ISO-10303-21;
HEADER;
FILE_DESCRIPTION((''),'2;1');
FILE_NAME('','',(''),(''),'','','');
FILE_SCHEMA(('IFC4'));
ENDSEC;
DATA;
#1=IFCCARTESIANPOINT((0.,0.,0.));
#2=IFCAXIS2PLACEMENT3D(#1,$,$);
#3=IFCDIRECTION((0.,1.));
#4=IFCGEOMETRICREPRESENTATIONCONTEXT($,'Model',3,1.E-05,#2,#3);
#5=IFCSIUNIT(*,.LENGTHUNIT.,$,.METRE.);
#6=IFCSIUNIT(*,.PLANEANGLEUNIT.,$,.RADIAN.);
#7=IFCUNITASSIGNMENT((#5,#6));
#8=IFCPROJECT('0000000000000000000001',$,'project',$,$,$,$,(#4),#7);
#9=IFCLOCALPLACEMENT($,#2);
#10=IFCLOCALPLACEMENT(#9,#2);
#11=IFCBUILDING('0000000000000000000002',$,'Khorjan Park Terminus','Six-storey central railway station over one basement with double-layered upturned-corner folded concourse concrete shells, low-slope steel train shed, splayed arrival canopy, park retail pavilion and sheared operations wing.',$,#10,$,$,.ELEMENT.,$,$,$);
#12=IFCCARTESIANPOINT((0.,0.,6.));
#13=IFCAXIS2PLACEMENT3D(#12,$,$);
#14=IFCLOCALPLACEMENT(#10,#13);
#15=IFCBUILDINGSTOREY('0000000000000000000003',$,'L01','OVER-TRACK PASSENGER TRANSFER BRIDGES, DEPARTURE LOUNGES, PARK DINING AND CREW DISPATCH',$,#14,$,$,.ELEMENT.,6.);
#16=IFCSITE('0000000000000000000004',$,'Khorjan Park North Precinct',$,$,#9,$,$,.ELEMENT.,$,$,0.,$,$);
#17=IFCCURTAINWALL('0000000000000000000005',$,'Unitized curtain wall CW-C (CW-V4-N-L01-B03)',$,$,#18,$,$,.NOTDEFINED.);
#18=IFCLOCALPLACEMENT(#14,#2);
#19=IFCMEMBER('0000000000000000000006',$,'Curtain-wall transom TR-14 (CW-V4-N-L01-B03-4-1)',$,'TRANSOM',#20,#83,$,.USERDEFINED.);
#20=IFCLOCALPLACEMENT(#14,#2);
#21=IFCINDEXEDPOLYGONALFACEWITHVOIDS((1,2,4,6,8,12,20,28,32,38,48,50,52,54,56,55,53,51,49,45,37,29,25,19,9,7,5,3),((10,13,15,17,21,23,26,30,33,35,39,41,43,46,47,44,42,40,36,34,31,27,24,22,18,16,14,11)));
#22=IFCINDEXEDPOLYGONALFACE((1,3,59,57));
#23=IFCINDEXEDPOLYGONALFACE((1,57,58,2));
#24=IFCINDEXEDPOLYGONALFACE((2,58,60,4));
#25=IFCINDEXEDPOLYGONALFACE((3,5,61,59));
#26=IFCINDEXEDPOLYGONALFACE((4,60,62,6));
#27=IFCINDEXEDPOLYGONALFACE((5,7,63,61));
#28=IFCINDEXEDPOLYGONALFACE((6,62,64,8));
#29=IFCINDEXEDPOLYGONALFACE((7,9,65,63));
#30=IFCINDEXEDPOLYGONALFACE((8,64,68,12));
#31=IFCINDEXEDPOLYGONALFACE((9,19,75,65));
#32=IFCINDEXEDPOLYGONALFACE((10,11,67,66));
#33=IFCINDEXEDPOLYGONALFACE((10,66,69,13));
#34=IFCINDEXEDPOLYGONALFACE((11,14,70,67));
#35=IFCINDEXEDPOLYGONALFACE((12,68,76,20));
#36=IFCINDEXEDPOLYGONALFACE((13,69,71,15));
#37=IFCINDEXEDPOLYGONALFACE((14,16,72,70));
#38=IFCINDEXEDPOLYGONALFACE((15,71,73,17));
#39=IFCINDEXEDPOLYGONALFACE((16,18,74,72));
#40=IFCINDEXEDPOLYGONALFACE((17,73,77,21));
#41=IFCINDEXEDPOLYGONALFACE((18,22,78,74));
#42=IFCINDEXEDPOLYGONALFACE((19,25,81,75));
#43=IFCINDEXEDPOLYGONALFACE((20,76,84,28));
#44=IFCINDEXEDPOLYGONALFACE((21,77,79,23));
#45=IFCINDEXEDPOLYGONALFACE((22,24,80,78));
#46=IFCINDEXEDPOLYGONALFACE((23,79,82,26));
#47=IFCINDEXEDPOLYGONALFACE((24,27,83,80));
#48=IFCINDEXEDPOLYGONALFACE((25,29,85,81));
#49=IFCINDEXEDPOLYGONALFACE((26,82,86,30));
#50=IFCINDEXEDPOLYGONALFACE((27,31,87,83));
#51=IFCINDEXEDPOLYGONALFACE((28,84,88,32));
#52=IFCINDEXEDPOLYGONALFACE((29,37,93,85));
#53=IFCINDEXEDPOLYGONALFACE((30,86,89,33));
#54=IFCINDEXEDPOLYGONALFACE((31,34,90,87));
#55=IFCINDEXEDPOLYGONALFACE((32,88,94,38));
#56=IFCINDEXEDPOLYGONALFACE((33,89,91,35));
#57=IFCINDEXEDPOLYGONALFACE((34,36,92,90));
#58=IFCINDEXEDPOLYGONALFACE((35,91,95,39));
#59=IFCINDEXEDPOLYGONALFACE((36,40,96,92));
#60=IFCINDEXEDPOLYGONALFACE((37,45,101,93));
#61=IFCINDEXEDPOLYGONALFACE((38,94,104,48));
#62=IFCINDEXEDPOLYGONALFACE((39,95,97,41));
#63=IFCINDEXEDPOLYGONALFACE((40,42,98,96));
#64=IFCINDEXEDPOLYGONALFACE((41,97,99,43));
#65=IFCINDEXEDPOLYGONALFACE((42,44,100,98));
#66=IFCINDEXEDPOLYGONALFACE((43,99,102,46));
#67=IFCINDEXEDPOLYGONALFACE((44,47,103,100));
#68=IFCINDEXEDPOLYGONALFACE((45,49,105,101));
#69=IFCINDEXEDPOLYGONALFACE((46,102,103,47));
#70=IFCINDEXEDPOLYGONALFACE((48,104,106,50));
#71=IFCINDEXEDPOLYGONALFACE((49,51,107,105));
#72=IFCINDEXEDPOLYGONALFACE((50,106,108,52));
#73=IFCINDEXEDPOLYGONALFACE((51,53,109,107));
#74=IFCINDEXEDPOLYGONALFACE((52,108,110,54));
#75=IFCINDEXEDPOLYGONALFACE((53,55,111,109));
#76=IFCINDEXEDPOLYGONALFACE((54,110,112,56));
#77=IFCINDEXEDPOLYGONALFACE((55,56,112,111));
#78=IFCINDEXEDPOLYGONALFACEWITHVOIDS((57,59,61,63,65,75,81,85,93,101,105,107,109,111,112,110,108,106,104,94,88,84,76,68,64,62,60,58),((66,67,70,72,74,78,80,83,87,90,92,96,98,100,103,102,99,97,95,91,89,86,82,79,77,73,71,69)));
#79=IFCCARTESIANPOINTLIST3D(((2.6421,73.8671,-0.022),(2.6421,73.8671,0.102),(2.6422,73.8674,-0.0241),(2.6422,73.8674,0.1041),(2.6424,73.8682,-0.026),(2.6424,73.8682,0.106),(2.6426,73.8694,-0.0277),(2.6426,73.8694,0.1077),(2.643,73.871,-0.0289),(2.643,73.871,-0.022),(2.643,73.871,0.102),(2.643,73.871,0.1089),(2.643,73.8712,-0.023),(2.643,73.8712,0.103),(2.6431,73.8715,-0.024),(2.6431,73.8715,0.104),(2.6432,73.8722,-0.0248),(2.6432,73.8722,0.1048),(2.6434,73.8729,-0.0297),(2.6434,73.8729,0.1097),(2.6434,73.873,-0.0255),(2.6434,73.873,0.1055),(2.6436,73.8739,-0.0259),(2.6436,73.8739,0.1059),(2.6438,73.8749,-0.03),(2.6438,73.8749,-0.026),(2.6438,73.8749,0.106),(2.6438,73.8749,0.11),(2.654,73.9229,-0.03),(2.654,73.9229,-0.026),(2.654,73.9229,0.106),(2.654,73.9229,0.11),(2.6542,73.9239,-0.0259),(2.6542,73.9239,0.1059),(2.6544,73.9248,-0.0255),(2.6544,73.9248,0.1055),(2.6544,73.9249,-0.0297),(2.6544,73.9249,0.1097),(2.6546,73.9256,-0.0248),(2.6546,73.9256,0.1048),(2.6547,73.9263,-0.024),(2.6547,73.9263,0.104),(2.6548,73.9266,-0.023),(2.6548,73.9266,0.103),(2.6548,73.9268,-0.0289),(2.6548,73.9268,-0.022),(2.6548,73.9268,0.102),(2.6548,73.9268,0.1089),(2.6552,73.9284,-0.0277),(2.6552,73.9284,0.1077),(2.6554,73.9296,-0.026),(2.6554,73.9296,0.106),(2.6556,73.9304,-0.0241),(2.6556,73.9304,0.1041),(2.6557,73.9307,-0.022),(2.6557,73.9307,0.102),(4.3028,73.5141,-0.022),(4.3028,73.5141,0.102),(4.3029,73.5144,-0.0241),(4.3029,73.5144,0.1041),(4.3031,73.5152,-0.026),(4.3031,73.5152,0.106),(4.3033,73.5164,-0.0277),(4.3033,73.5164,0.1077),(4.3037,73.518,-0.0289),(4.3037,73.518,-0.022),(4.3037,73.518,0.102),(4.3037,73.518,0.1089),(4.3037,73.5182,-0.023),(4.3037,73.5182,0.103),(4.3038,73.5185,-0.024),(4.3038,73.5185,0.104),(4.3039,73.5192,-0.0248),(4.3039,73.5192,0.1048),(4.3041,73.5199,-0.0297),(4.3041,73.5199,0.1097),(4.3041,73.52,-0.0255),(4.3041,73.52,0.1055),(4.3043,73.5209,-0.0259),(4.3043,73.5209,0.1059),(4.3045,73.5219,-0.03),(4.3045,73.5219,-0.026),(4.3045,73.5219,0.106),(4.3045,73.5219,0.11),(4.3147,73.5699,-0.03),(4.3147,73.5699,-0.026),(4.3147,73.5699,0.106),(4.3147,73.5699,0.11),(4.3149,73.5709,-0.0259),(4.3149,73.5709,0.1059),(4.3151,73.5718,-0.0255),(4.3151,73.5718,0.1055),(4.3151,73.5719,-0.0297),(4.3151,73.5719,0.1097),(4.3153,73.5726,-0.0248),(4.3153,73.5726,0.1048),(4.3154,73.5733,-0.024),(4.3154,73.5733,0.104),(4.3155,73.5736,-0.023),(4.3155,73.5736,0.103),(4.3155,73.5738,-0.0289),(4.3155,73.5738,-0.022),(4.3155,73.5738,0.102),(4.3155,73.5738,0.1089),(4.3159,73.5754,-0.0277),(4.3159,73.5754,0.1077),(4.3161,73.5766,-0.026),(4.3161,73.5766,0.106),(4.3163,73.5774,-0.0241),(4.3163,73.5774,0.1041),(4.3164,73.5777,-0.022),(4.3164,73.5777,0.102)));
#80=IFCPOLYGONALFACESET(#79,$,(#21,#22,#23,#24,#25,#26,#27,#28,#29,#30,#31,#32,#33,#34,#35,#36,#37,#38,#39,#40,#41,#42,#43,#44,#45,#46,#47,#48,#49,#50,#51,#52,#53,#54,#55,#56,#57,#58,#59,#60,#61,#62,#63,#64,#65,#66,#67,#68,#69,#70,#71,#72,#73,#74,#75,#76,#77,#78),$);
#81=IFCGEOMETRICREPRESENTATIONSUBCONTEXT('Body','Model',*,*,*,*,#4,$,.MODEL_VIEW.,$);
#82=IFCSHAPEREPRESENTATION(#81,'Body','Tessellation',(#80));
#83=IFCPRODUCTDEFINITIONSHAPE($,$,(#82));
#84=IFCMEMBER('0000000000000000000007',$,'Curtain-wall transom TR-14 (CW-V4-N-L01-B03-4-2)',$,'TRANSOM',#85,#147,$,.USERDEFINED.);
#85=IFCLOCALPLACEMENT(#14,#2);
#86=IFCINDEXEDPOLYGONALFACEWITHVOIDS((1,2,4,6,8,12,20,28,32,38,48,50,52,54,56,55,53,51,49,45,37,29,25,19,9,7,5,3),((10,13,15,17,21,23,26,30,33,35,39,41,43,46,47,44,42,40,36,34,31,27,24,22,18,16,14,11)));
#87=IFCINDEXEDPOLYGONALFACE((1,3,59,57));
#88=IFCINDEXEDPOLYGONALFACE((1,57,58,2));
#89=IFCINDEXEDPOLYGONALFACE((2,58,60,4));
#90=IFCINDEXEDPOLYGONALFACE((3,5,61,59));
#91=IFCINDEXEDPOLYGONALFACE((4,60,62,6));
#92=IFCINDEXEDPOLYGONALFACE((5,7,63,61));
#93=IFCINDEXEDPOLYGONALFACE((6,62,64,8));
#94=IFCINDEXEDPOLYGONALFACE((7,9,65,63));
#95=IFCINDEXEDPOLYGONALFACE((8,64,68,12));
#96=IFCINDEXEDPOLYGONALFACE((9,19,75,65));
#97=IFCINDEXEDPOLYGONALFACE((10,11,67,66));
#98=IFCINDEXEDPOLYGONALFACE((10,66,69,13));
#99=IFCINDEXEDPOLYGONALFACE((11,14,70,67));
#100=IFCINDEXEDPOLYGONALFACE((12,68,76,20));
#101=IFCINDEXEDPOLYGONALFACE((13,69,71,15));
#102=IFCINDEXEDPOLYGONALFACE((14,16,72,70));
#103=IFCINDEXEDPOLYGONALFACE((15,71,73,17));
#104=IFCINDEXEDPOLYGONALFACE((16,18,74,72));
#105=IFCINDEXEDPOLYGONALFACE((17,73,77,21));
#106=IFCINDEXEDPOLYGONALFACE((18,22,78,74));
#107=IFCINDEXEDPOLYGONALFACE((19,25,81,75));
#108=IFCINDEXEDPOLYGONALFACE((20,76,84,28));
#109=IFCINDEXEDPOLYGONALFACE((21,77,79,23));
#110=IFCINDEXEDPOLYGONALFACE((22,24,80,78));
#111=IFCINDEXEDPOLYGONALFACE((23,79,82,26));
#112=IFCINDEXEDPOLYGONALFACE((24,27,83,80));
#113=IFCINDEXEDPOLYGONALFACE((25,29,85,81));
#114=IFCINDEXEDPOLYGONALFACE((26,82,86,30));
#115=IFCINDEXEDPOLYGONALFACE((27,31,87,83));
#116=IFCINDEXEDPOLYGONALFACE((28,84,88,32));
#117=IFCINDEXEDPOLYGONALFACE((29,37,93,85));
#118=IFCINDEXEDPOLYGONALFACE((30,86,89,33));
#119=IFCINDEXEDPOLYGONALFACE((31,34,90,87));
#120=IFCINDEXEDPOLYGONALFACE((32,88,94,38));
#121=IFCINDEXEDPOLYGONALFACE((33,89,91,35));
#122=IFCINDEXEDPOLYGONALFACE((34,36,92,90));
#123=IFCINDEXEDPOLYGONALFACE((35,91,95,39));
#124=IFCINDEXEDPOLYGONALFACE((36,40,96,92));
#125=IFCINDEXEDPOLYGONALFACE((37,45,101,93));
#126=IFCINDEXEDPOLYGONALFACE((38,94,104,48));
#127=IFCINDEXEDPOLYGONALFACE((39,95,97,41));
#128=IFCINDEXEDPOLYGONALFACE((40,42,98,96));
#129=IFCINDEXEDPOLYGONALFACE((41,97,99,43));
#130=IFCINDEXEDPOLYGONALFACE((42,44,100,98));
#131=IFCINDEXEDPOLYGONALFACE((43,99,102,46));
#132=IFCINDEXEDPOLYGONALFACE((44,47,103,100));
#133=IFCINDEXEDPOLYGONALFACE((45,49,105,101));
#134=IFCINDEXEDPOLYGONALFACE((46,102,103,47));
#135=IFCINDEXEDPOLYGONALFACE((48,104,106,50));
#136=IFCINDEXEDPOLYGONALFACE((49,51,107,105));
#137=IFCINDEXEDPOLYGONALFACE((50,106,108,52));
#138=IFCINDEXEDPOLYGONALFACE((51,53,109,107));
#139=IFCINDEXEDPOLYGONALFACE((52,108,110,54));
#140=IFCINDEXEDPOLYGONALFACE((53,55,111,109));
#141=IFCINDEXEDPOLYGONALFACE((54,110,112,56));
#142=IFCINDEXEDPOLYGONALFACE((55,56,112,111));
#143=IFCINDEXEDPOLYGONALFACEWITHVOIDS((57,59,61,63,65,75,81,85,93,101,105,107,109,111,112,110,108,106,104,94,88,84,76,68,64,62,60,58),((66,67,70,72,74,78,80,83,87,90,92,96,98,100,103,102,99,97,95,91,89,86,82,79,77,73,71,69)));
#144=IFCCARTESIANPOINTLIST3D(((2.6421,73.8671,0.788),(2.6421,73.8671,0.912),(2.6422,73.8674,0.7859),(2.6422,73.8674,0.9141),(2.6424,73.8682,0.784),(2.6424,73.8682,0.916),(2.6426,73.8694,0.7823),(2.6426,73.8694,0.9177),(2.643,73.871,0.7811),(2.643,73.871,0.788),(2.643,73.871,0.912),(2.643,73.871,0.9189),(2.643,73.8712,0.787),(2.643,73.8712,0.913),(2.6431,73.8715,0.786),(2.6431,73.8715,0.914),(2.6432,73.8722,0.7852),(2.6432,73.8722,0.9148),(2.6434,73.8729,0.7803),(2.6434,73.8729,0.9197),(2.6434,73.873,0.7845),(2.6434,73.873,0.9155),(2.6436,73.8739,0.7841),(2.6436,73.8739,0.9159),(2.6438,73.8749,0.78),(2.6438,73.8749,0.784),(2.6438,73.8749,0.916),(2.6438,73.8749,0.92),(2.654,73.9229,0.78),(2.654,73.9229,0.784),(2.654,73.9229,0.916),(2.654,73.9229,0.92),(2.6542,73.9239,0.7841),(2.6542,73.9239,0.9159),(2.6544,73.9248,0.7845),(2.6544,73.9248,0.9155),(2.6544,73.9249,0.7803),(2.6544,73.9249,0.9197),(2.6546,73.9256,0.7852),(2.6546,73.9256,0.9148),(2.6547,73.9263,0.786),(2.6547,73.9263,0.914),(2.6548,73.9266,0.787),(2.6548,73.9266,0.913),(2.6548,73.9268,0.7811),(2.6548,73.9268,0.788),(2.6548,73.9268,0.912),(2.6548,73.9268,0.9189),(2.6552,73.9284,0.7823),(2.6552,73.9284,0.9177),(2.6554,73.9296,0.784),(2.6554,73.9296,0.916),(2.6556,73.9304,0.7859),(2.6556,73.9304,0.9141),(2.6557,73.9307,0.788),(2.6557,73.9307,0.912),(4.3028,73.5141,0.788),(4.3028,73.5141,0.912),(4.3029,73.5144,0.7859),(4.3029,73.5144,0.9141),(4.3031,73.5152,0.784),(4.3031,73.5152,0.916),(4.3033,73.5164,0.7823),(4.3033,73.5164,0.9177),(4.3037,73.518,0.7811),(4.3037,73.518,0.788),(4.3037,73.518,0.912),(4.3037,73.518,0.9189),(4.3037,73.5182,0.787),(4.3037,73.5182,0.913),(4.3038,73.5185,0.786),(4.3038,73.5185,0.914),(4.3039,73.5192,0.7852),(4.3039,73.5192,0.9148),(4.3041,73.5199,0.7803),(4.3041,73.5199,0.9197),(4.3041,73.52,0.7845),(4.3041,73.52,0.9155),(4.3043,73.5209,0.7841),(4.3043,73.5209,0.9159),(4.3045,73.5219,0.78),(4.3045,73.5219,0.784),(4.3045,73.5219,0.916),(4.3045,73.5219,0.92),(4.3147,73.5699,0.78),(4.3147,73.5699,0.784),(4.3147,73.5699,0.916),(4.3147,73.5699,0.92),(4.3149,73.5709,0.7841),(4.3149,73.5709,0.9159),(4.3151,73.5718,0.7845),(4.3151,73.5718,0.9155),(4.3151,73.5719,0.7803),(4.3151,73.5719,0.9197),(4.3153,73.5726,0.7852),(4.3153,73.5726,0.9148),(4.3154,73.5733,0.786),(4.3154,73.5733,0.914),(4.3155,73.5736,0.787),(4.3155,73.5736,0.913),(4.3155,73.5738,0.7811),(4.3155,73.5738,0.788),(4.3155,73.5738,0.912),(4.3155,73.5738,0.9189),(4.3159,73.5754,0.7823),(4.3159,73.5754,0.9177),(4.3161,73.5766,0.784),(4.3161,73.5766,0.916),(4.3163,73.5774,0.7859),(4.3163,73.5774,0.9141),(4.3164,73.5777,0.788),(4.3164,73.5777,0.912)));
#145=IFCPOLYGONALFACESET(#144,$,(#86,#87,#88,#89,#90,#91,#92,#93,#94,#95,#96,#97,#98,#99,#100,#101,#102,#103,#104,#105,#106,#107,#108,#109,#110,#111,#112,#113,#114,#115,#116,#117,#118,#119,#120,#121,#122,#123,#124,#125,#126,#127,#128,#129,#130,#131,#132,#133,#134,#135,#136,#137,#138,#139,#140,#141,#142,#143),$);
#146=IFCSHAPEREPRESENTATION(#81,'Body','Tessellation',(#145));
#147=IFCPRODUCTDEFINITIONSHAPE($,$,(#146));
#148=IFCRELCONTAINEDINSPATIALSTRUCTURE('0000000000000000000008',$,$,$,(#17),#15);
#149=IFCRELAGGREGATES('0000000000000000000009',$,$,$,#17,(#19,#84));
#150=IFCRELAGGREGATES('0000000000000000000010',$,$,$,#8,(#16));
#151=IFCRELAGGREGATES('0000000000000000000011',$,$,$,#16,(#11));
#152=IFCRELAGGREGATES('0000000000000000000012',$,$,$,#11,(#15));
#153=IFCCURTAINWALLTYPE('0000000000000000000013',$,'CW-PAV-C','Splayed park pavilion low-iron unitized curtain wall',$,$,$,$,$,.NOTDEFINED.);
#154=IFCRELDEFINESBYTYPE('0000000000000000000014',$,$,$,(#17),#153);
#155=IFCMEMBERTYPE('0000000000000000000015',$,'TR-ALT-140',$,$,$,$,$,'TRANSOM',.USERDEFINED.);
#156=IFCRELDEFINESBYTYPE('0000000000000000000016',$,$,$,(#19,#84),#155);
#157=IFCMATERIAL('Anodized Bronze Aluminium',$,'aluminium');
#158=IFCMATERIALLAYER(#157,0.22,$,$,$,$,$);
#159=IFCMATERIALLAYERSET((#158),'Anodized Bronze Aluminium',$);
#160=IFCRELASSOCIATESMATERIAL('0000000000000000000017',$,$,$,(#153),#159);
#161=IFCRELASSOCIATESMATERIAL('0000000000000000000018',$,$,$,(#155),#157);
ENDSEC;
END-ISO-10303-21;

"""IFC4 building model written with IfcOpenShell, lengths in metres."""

from ifc_helpers import new_model, si_unit, direction, frame, origin, origin_2d, place, context, subcontext, project, spatial, hollow_rectangle, extrude, material, layer, layer_set, material_profile, profile_set, type_object, element, aggregate, save


model = new_model("IFC4")

# Units and contexts
model_context = context("Model", 3, precision=1e-05, world=origin(), true_north=direction((0.0, 1.0)))
body_context = subcontext(model_context, "Body", "Model", "MODEL_VIEW")
ifc_project = project(units=[si_unit("LENGTHUNIT", "METRE"), si_unit("PLANEANGLEUNIT", "RADIAN")], contexts=[model_context])

# Site, building, storey
site_placement = place(None, origin())
site = spatial("IfcSite", under=ifc_project, at=site_placement, Name="Khorjan Park North Precinct", CompositionType="ELEMENT", RefElevation=0.0)
building_placement = place(site_placement, origin())
building = spatial("IfcBuilding", under=site, at=building_placement, Name="Khorjan Park Terminus", Description="Six-storey central railway station over one basement with double-layered upturned-corner folded concourse concrete shells, low-slope steel train shed, splayed arrival canopy, park retail pavilion and sheared operations wing.", CompositionType="ELEMENT")
storey_placement = place(building_placement, frame((0.0, 0.0, 6.0)))
storey = spatial("IfcBuildingStorey", under=building, at=storey_placement, Name="L01", Description="OVER-TRACK PASSENGER TRANSFER BRIDGES, DEPARTURE LOUNGES, PARK DINING AND CREW DISPATCH", CompositionType="ELEMENT", Elevation=6.0)

# Curtain wall
ifc_material_1 = material(Name="Anodized Bronze Aluminium", Category="aluminium")
ifc_layer_1 = layer(ifc_material_1, 0.22)
ifc_layer_set_1 = layer_set([ifc_layer_1], Name="Anodized Bronze Aluminium")
curtain_wall_type = type_object("IfcCurtainWallType", Name="CW-PAV-C", Description="Splayed park pavilion low-iron unitized curtain wall", PredefinedType="NOTDEFINED", material=ifc_layer_set_1)
curtain_wall_1_placement = place(storey_placement, origin())
curtain_wall_1 = element("IfcCurtainWall", 1, at=curtain_wall_1_placement, inside=storey, type_object=curtain_wall_type, Name="Unitized curtain wall CW-C (CW-V4-N-L01-B03)", PredefinedType="NOTDEFINED")

# Members
ifc_material_profile_1 = material_profile(ifc_material_1, hollow_rectangle(XDim=0.065, YDim=0.14, WallThickness=0.004, InnerFilletRadius=0.004, OuterFilletRadius=0.008, at=origin_2d()), Name="ALT 65x140x4")
ifc_profile_set_1 = profile_set([ifc_material_profile_1], Name="Anodized Bronze Aluminium")
member_type_1 = type_object("IfcMemberType", Name="TR-ALT-140", ElementType="TRANSOM", PredefinedType="USERDEFINED", material=ifc_profile_set_1)
member_1_placement = place(storey_placement, frame((4.3096, 73.5459, 0.04), z_axis=(-0.978147, 0.207916, 0.0), x_axis=(-0.207916, -0.978147, 0.0)))
member_1 = element("IfcMember", 2, at=member_1_placement, type_object=member_type_1, Name="Curtain-wall transom TR-14 (CW-V4-N-L01-B03-4-1)", ObjectType="TRANSOM", PredefinedType="USERDEFINED", context=body_context, shape_type="SweptSolid", body=[
    extrude(hollow_rectangle(XDim=0.065, YDim=0.14, WallThickness=0.004, InnerFilletRadius=0.004, OuterFilletRadius=0.008, at=origin_2d()), origin(), (0.0, 0.0, 1.0), 1.6978),
])
member_2_placement = place(storey_placement, frame((4.3096, 73.5459, 0.85), z_axis=(-0.978147, 0.207916, 0.0), x_axis=(-0.207916, -0.978147, 0.0)))
member_2 = element("IfcMember", 3, at=member_2_placement, type_object=member_type_1, Name="Curtain-wall transom TR-14 (CW-V4-N-L01-B03-4-2)", ObjectType="TRANSOM", PredefinedType="USERDEFINED", context=body_context, shape_type="SweptSolid", body=[
    extrude(hollow_rectangle(XDim=0.065, YDim=0.14, WallThickness=0.004, InnerFilletRadius=0.004, OuterFilletRadius=0.008, at=origin_2d()), origin(), (0.0, 0.0, 1.0), 1.6978),
])

aggregate(curtain_wall_1, [member_1, member_2])

save(model, "model.ifc")
